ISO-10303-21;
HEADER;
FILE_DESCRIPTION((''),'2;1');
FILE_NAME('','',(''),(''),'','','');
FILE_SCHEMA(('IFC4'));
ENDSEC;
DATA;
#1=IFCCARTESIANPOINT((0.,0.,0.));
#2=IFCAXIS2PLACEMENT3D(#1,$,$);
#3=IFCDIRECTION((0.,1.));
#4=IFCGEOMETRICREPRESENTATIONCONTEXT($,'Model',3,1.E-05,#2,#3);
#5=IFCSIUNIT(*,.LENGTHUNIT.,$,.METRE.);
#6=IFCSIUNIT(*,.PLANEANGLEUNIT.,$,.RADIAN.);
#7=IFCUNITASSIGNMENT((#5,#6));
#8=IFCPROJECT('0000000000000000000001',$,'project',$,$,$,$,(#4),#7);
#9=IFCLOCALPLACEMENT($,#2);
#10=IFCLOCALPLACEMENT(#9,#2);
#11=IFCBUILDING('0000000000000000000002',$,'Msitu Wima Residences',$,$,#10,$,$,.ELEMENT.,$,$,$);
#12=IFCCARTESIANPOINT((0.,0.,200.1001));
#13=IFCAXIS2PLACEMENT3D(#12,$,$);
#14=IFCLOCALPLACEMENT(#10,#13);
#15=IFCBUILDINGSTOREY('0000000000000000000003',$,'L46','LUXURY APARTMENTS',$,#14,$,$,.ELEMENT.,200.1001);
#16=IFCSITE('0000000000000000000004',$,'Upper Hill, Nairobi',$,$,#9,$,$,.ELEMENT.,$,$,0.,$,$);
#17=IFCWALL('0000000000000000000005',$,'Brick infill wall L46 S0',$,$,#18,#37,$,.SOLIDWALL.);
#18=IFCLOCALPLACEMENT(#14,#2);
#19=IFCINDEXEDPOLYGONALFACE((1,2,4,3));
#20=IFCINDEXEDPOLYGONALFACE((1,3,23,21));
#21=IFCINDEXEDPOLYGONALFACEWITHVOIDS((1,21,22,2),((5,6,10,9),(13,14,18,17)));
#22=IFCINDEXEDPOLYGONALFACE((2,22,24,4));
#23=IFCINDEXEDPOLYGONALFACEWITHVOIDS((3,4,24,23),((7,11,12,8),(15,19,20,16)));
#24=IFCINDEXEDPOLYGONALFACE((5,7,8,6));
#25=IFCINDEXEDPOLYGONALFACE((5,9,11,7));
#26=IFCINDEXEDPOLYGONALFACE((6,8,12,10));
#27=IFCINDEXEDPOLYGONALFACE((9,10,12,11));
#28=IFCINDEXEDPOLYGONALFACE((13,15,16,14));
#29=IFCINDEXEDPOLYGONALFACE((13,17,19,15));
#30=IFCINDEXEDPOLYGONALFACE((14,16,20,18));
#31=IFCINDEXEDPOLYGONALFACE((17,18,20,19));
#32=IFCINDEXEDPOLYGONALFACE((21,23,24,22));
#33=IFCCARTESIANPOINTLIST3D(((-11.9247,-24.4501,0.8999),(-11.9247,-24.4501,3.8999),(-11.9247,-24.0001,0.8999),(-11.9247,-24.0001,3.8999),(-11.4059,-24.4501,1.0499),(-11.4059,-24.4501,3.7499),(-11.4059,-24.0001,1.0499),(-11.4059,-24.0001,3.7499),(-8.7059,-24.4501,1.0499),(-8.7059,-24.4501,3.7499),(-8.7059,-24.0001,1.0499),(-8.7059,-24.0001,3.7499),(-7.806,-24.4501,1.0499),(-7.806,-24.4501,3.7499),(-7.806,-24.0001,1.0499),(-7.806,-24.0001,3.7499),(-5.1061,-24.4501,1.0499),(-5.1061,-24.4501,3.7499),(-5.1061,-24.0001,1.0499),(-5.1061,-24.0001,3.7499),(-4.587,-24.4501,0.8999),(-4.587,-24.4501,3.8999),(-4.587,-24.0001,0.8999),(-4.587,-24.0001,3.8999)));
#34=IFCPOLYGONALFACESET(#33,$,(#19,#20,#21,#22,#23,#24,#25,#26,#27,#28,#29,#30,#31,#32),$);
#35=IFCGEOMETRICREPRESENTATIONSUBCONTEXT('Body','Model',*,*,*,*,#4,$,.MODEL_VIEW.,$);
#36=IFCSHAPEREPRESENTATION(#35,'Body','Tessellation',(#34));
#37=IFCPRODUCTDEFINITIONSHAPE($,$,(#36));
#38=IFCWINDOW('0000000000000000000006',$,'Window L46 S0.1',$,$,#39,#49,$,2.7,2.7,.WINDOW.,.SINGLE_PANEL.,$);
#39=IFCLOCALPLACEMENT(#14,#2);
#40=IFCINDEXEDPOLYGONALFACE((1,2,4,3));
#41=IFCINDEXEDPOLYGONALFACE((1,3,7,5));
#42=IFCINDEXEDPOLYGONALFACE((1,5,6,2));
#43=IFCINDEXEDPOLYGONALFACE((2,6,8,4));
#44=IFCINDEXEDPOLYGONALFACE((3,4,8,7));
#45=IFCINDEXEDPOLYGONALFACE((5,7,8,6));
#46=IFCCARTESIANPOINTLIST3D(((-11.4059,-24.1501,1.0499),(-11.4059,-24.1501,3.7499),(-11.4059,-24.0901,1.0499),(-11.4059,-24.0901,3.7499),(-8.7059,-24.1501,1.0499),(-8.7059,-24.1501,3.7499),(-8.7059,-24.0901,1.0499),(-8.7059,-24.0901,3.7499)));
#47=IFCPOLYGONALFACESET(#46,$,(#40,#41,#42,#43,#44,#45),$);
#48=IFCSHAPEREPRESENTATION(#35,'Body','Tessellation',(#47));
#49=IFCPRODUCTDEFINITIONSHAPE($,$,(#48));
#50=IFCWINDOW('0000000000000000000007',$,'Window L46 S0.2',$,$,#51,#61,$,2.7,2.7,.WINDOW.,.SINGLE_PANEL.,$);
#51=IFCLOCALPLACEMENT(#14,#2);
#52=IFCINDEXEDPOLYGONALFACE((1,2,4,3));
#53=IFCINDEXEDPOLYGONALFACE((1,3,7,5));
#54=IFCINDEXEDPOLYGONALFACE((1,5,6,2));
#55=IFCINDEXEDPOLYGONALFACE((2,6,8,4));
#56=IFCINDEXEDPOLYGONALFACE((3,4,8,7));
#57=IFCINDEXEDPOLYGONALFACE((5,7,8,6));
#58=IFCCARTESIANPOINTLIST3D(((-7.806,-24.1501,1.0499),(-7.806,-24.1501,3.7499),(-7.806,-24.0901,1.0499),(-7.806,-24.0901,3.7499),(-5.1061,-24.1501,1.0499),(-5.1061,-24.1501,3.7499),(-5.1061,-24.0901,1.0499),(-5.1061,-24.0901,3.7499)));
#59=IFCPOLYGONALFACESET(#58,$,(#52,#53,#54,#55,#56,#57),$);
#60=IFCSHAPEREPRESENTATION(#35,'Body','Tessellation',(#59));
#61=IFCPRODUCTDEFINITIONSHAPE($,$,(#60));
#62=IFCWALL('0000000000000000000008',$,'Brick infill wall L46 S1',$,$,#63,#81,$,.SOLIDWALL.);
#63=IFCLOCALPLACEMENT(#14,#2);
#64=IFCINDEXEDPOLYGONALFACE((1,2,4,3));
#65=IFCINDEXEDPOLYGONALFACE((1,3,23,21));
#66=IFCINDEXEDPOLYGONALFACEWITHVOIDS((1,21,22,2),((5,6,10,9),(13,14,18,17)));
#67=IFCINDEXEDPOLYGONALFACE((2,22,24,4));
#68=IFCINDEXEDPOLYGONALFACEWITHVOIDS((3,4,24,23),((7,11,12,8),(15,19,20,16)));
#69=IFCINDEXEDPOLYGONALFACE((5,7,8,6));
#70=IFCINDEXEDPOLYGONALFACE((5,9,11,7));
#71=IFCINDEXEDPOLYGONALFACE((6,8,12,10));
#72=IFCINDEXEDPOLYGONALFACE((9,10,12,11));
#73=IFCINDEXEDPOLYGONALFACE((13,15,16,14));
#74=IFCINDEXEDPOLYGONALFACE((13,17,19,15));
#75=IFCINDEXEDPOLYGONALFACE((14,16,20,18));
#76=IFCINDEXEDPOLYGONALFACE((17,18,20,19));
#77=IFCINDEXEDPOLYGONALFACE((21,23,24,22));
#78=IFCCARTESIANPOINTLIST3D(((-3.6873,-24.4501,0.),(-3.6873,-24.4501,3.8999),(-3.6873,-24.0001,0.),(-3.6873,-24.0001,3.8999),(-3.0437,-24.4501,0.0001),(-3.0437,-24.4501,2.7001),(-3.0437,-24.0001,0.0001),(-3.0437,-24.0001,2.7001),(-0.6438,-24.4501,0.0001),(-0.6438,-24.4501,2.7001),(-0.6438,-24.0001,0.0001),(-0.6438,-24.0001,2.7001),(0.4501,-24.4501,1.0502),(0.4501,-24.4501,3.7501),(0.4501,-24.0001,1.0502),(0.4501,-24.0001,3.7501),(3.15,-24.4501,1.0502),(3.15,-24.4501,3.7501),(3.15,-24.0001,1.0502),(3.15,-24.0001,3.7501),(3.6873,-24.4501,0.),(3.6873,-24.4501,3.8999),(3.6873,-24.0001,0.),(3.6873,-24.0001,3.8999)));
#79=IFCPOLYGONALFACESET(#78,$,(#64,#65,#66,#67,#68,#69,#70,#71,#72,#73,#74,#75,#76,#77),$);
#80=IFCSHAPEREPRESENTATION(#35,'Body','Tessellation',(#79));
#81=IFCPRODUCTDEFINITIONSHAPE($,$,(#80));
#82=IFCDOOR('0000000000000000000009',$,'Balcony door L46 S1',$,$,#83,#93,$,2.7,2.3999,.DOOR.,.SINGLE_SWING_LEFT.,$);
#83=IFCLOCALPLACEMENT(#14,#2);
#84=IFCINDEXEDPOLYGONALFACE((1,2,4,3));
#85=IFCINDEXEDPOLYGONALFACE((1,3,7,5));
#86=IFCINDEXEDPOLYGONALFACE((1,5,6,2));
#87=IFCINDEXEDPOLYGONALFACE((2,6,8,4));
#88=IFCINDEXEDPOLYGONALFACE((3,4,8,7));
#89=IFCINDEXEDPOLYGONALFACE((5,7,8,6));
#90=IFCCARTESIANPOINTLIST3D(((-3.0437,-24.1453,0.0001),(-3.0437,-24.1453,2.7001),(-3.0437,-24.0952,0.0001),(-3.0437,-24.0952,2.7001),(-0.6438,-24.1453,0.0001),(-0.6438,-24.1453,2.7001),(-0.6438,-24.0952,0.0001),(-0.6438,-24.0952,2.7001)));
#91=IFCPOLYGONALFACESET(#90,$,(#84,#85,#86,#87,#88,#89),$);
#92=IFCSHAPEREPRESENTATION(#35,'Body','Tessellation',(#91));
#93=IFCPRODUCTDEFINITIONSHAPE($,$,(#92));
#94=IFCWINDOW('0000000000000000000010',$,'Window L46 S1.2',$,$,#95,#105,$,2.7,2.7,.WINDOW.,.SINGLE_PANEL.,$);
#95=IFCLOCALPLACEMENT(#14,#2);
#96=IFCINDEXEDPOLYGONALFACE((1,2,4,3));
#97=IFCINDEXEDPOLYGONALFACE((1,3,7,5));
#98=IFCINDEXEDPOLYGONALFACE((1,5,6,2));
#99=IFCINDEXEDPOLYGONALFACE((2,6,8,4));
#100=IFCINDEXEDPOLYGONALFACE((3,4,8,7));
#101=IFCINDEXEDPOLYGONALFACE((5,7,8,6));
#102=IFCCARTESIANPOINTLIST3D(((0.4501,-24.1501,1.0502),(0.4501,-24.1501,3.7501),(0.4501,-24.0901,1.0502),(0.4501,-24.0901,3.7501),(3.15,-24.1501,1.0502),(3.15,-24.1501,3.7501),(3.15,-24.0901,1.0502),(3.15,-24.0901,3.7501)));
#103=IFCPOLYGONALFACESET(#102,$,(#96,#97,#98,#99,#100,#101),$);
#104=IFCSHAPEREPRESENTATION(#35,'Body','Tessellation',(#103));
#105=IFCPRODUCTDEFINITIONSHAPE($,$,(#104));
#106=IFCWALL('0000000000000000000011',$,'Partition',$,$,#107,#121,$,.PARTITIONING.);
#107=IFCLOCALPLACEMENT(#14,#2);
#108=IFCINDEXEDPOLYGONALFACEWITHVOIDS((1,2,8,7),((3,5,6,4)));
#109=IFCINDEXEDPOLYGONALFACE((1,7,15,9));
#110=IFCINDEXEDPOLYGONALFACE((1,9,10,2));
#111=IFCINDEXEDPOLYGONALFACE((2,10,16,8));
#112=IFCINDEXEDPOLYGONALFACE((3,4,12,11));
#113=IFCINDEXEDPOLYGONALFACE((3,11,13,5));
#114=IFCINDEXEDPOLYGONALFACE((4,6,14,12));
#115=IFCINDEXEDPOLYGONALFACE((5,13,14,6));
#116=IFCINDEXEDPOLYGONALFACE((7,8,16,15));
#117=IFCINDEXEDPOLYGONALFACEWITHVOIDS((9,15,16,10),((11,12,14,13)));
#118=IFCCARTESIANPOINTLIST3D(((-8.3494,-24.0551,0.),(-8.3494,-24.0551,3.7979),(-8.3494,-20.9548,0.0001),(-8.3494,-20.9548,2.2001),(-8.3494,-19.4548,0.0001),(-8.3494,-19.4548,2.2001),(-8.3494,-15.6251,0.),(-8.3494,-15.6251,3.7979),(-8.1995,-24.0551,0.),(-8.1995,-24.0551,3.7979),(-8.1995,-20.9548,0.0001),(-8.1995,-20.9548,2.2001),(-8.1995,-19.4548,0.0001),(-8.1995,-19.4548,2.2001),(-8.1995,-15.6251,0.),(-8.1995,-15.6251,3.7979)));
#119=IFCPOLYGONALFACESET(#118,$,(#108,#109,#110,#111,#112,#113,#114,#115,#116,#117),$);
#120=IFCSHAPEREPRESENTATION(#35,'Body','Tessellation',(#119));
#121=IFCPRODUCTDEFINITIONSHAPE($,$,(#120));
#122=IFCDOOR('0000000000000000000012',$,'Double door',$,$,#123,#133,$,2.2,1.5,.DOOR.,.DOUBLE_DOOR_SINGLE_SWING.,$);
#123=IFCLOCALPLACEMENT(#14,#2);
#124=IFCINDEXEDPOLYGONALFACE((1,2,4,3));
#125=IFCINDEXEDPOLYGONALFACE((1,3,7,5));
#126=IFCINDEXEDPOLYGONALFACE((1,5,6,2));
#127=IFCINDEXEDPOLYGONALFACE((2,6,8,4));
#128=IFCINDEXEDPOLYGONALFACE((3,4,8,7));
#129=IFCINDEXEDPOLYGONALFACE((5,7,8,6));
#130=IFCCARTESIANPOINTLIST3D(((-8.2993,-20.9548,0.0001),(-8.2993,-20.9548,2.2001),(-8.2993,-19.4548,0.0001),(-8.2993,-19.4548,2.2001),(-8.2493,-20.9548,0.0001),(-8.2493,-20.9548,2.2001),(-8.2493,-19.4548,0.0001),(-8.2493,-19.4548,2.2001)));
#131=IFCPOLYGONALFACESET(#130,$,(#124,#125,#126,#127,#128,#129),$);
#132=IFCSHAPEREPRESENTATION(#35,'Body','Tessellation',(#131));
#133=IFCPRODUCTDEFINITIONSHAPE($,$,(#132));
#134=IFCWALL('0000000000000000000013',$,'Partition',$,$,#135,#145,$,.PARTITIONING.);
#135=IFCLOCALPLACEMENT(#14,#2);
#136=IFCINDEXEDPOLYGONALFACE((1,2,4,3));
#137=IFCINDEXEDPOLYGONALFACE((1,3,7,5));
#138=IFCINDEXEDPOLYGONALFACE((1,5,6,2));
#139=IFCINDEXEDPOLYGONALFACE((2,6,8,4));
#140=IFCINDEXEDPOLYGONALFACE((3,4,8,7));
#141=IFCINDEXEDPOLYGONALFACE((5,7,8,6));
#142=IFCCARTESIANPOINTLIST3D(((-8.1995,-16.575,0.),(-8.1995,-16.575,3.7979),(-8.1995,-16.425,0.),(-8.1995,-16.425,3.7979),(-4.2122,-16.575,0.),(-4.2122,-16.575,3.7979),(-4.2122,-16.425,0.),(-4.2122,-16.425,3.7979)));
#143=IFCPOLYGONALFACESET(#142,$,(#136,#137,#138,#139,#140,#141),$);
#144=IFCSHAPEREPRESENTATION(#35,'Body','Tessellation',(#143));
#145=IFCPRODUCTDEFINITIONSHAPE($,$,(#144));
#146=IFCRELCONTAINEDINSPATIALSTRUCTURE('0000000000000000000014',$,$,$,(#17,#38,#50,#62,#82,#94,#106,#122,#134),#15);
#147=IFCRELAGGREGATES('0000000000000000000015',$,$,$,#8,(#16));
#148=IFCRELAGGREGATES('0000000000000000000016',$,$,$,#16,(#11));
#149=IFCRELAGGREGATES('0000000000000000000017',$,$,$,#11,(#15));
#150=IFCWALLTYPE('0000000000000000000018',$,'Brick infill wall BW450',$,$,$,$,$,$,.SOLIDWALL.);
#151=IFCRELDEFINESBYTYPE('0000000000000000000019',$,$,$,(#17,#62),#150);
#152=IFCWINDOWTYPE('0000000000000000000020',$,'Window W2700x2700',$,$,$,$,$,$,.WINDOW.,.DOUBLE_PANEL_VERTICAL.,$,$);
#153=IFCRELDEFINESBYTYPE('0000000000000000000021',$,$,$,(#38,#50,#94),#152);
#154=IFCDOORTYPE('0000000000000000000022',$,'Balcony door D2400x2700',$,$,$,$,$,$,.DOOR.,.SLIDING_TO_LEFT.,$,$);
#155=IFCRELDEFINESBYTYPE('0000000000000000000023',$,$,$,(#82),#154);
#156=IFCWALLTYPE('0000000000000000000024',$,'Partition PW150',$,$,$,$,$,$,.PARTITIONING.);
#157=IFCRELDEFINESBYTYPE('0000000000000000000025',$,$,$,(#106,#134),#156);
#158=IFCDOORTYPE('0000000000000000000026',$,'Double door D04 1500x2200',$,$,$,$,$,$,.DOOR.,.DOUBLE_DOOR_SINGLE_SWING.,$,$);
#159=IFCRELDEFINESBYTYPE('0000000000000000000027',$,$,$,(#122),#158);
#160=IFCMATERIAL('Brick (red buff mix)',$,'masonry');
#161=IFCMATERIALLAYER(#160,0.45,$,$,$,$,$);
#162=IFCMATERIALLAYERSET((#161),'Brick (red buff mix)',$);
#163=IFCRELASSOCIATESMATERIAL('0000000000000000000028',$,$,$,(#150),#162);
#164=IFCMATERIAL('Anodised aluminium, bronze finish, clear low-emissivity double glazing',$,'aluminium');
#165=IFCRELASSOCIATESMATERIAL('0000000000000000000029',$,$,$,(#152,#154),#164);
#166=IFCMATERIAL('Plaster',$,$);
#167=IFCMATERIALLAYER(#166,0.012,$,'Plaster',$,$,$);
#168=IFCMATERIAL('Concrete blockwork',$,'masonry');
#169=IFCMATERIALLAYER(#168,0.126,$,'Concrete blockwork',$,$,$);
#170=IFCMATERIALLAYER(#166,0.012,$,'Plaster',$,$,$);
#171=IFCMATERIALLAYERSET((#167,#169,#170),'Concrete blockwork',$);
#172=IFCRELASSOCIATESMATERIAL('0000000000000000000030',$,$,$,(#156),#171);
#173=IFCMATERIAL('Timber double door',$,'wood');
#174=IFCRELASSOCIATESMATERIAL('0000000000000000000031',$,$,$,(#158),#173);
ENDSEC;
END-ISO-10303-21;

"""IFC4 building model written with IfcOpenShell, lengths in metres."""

from ifc_helpers import new_model, si_unit, direction, frame, frame_2d, origin, place, context, subcontext, project, spatial, rectangle, extrude, material, layer, layer_set, type_object, element, fill, save


model = new_model("IFC4")

# Units and contexts
model_context = context("Model", 3, precision=1e-05, world=origin(), true_north=direction((0.0, 1.0)))
body_context = subcontext(model_context, "Body", "Model", "MODEL_VIEW")
ifc_project = project(units=[si_unit("LENGTHUNIT", "METRE"), si_unit("PLANEANGLEUNIT", "RADIAN")], contexts=[model_context])

# Site, building, storey
site_placement = place(None, origin())
site = spatial("IfcSite", under=ifc_project, at=site_placement, Name="Upper Hill, Nairobi", CompositionType="ELEMENT", RefElevation=0.0)
building_placement = place(site_placement, origin())
building = spatial("IfcBuilding", under=site, at=building_placement, Name="Msitu Wima Residences", CompositionType="ELEMENT")
storey_placement = place(building_placement, frame((0.0, 0.0, 200.1001)))
storey = spatial("IfcBuildingStorey", under=building, at=storey_placement, Name="L46", Description="LUXURY APARTMENTS", CompositionType="ELEMENT", Elevation=200.1001)

# Wall, openings, windows
ifc_material_1 = material(Name="Brick (red buff mix)", Category="masonry")
ifc_layer_1 = layer(ifc_material_1, 0.45)
ifc_layer_set_1 = layer_set([ifc_layer_1], Name="Brick (red buff mix)")
wall_type_1 = type_object("IfcWallType", Name="Brick infill wall BW450", PredefinedType="SOLIDWALL", material=ifc_layer_set_1)
wall_1_placement = place(storey_placement, frame((-11.9248, -24.2251, 0.8999), z_axis=(0.0, 0.0, 1.0), x_axis=(1.0, 0.0, 0.0)))
wall_1 = element("IfcWall", 1, at=wall_1_placement, inside=storey, type_object=wall_type_1, Name="Brick infill wall L46 S0", PredefinedType="SOLIDWALL", context=body_context, shape_type="SweptSolid", body=[
    extrude(rectangle(XDim=7.3376, YDim=0.45, at=frame_2d((3.6689, 0.0))), origin(), (0.0, 0.0, 1.0), 3.0),
])
opening_1_placement = place(wall_1_placement, frame((0.5188, 0.0, 0.1499)))
opening_1 = element("IfcOpeningElement", 2, at=opening_1_placement, cuts=wall_1, PredefinedType="OPENING", context=body_context, shape_type="SweptSolid", body=[
    extrude(rectangle(XDim=2.7, YDim=2.7, at=frame_2d((1.3501, 1.3501))), frame((0.0, 0.2349, 0.0), z_axis=(0.0, -1.0, 0.0), x_axis=(1.0, 0.0, 0.0)), (0.0, 0.0, 1.0), 0.47),
])
opening_2_placement = place(wall_1_placement, frame((4.1187, 0.0, 0.1499)))
opening_2 = element("IfcOpeningElement", 3, at=opening_2_placement, cuts=wall_1, PredefinedType="OPENING", context=body_context, shape_type="SweptSolid", body=[
    extrude(rectangle(XDim=2.7, YDim=2.7, at=frame_2d((1.3501, 1.3501))), frame((0.0, 0.2349, 0.0), z_axis=(0.0, -1.0, 0.0), x_axis=(1.0, 0.0, 0.0)), (0.0, 0.0, 1.0), 0.47),
])
ifc_material_2 = material(Name="Anodised aluminium, bronze finish, clear low-emissivity double glazing", Category="aluminium")
window_type = type_object("IfcWindowType", Name="Window W2700x2700", PartitioningType="DOUBLE_PANEL_VERTICAL", PredefinedType="WINDOW", material=ifc_material_2)
window_1_placement = place(opening_1_placement, origin())
window_1 = element("IfcWindow", 4, at=window_1_placement, inside=storey, type_object=window_type, Name="Window L46 S0.1", OverallHeight=2.7, OverallWidth=2.7, PartitioningType="SINGLE_PANEL", PredefinedType="WINDOW", context=body_context, shape_type="SweptSolid", body=[
    extrude(rectangle(XDim=2.7, YDim=2.7, at=frame_2d((1.3501, 1.3501))), frame((0.0, 0.135, 0.0), z_axis=(0.0, -1.0, 0.0), x_axis=(1.0, 0.0, 0.0)), (0.0, 0.0, 1.0), 0.0601),
])
fill(opening_1, window_1)
window_2_placement = place(opening_2_placement, origin())
window_2 = element("IfcWindow", 5, at=window_2_placement, inside=storey, type_object=window_type, Name="Window L46 S0.2", OverallHeight=2.7, OverallWidth=2.7, PartitioningType="SINGLE_PANEL", PredefinedType="WINDOW", context=body_context, shape_type="SweptSolid", body=[
    extrude(rectangle(XDim=2.7, YDim=2.7, at=frame_2d((1.3501, 1.3501))), frame((0.0, 0.135, 0.0), z_axis=(0.0, -1.0, 0.0), x_axis=(1.0, 0.0, 0.0)), (0.0, 0.0, 1.0), 0.0601),
])
fill(opening_2, window_2)

# Wall, openings, door, window
wall_2_placement = place(storey_placement, frame((-3.6873, -24.2251, 0.0), z_axis=(0.0, 0.0, 1.0), x_axis=(1.0, 0.0, 0.0)))
wall_2 = element("IfcWall", 6, at=wall_2_placement, inside=storey, type_object=wall_type_1, Name="Brick infill wall L46 S1", PredefinedType="SOLIDWALL", context=body_context, shape_type="SweptSolid", body=[
    extrude(rectangle(XDim=7.3745, YDim=0.45, at=frame_2d((3.6873, 0.0))), origin(), (0.0, 0.0, 1.0), 3.8999),
])
opening_3_placement = place(wall_2_placement, frame((0.6436, 0.0, 0.0)))
opening_3 = element("IfcOpeningElement", 7, at=opening_3_placement, cuts=wall_2, PredefinedType="OPENING", context=body_context, shape_type="SweptSolid", body=[
    extrude(rectangle(XDim=2.3999, YDim=2.7, at=frame_2d((1.2, 1.3501))), frame((0.0, 0.2349, 0.0), z_axis=(0.0, -1.0, 0.0), x_axis=(1.0, 0.0, 0.0)), (0.0, 0.0, 1.0), 0.47),
])
opening_4_placement = place(wall_2_placement, frame((4.1372, 0.0, 1.05)))
opening_4 = element("IfcOpeningElement", 8, at=opening_4_placement, cuts=wall_2, PredefinedType="OPENING", context=body_context, shape_type="SweptSolid", body=[
    extrude(rectangle(XDim=2.7, YDim=2.7, at=frame_2d((1.3501, 1.3501))), frame((0.0, 0.2349, 0.0), z_axis=(0.0, -1.0, 0.0), x_axis=(1.0, 0.0, 0.0)), (0.0, 0.0, 1.0), 0.47),
])
door_type_1 = type_object("IfcDoorType", Name="Balcony door D2400x2700", OperationType="SLIDING_TO_LEFT", PredefinedType="DOOR", material=ifc_material_2)
door_1_placement = place(opening_3_placement, origin())
door_1 = element("IfcDoor", 9, at=door_1_placement, inside=storey, type_object=door_type_1, Name="Balcony door L46 S1", OperationType="SINGLE_SWING_LEFT", OverallHeight=2.7, OverallWidth=2.3999, PredefinedType="DOOR", context=body_context, shape_type="SweptSolid", body=[
    extrude(rectangle(XDim=2.3999, YDim=2.7, at=frame_2d((1.2, 1.3501))), frame((0.0, 0.1299, 0.0), z_axis=(0.0, -1.0, 0.0), x_axis=(1.0, 0.0, 0.0)), (0.0, 0.0, 1.0), 0.05),
])
fill(opening_3, door_1)
window_3_placement = place(opening_4_placement, origin())
window_3 = element("IfcWindow", 10, at=window_3_placement, inside=storey, type_object=window_type, Name="Window L46 S1.2", OverallHeight=2.7, OverallWidth=2.7, PartitioningType="SINGLE_PANEL", PredefinedType="WINDOW", context=body_context, shape_type="SweptSolid", body=[
    extrude(rectangle(XDim=2.7, YDim=2.7, at=frame_2d((1.3501, 1.3501))), frame((0.0, 0.135, 0.0), z_axis=(0.0, -1.0, 0.0), x_axis=(1.0, 0.0, 0.0)), (0.0, 0.0, 1.0), 0.0601),
])
fill(opening_4, window_3)

# Wall, opening, door
ifc_material_3 = material(Name="Plaster")
ifc_layer_2 = layer(ifc_material_3, 0.012, Name="Plaster")
ifc_material_4 = material(Name="Concrete blockwork", Category="masonry")
ifc_layer_3 = layer(ifc_material_4, 0.126, Name="Concrete blockwork")
ifc_layer_4 = layer(ifc_material_3, 0.012, Name="Plaster")
ifc_layer_set_2 = layer_set([ifc_layer_2, ifc_layer_3, ifc_layer_4], Name="Concrete blockwork")
wall_type_2 = type_object("IfcWallType", Name="Partition PW150", PredefinedType="PARTITIONING", material=ifc_layer_set_2)
wall_3_placement = place(storey_placement, frame((-8.2744, -24.0549, 0.0), z_axis=(0.0, 0.0, 1.0), x_axis=(0.0, 1.0, 0.0)))
wall_3 = element("IfcWall", 11, at=wall_3_placement, inside=storey, type_object=wall_type_2, Name="Partition", PredefinedType="PARTITIONING", context=body_context, shape_type="SweptSolid", body=[
    extrude(rectangle(XDim=8.4299, YDim=0.1499, at=frame_2d((4.2148, 0.0))), origin(), (0.0, 0.0, 1.0), 3.7979),
])
opening_5_placement = place(wall_3_placement, frame((3.1001, 0.0, 0.0)))
opening_5 = element("IfcOpeningElement", 12, at=opening_5_placement, cuts=wall_3, PredefinedType="OPENING", context=body_context, shape_type="SweptSolid", body=[
    extrude(rectangle(XDim=1.5, YDim=2.2, at=frame_2d((0.75, 1.1001))), frame((0.0, 0.085, 0.0), z_axis=(0.0, -1.0, 0.0), x_axis=(1.0, 0.0, 0.0)), (0.0, 0.0, 1.0), 0.1699),
])
ifc_material_5 = material(Name="Timber double door", Category="wood")
door_type_2 = type_object("IfcDoorType", Name="Double door D04 1500x2200", OperationType="DOUBLE_DOOR_SINGLE_SWING", PredefinedType="DOOR", material=ifc_material_5)
door_2_placement = place(opening_5_placement, origin())
door_2 = element("IfcDoor", 13, at=door_2_placement, inside=storey, type_object=door_type_2, Name="Double door", OperationType="DOUBLE_DOOR_SINGLE_SWING", OverallHeight=2.2, OverallWidth=1.5, PredefinedType="DOOR", context=body_context, shape_type="SweptSolid", body=[
    extrude(rectangle(XDim=1.5, YDim=2.2, at=frame_2d((0.75, 1.1001))), frame((0.0, 0.0249, 0.0), z_axis=(0.0, -1.0, 0.0), x_axis=(1.0, 0.0, 0.0)), (0.0, 0.0, 1.0), 0.05),
])
fill(opening_5, door_2)

# Wall
wall_4_placement = place(storey_placement, frame((-8.1995, -16.5, 0.0), z_axis=(0.0, 0.0, 1.0), x_axis=(1.0, 0.0, 0.0)))
element("IfcWall", 14, at=wall_4_placement, inside=storey, type_object=wall_type_2, Name="Partition", PredefinedType="PARTITIONING", context=body_context, shape_type="SweptSolid", body=[
    extrude(rectangle(XDim=3.9873, YDim=0.1499, at=frame_2d((1.9937, 0.0))), origin(), (0.0, 0.0, 1.0), 3.7979),
])

save(model, "model.ifc")
